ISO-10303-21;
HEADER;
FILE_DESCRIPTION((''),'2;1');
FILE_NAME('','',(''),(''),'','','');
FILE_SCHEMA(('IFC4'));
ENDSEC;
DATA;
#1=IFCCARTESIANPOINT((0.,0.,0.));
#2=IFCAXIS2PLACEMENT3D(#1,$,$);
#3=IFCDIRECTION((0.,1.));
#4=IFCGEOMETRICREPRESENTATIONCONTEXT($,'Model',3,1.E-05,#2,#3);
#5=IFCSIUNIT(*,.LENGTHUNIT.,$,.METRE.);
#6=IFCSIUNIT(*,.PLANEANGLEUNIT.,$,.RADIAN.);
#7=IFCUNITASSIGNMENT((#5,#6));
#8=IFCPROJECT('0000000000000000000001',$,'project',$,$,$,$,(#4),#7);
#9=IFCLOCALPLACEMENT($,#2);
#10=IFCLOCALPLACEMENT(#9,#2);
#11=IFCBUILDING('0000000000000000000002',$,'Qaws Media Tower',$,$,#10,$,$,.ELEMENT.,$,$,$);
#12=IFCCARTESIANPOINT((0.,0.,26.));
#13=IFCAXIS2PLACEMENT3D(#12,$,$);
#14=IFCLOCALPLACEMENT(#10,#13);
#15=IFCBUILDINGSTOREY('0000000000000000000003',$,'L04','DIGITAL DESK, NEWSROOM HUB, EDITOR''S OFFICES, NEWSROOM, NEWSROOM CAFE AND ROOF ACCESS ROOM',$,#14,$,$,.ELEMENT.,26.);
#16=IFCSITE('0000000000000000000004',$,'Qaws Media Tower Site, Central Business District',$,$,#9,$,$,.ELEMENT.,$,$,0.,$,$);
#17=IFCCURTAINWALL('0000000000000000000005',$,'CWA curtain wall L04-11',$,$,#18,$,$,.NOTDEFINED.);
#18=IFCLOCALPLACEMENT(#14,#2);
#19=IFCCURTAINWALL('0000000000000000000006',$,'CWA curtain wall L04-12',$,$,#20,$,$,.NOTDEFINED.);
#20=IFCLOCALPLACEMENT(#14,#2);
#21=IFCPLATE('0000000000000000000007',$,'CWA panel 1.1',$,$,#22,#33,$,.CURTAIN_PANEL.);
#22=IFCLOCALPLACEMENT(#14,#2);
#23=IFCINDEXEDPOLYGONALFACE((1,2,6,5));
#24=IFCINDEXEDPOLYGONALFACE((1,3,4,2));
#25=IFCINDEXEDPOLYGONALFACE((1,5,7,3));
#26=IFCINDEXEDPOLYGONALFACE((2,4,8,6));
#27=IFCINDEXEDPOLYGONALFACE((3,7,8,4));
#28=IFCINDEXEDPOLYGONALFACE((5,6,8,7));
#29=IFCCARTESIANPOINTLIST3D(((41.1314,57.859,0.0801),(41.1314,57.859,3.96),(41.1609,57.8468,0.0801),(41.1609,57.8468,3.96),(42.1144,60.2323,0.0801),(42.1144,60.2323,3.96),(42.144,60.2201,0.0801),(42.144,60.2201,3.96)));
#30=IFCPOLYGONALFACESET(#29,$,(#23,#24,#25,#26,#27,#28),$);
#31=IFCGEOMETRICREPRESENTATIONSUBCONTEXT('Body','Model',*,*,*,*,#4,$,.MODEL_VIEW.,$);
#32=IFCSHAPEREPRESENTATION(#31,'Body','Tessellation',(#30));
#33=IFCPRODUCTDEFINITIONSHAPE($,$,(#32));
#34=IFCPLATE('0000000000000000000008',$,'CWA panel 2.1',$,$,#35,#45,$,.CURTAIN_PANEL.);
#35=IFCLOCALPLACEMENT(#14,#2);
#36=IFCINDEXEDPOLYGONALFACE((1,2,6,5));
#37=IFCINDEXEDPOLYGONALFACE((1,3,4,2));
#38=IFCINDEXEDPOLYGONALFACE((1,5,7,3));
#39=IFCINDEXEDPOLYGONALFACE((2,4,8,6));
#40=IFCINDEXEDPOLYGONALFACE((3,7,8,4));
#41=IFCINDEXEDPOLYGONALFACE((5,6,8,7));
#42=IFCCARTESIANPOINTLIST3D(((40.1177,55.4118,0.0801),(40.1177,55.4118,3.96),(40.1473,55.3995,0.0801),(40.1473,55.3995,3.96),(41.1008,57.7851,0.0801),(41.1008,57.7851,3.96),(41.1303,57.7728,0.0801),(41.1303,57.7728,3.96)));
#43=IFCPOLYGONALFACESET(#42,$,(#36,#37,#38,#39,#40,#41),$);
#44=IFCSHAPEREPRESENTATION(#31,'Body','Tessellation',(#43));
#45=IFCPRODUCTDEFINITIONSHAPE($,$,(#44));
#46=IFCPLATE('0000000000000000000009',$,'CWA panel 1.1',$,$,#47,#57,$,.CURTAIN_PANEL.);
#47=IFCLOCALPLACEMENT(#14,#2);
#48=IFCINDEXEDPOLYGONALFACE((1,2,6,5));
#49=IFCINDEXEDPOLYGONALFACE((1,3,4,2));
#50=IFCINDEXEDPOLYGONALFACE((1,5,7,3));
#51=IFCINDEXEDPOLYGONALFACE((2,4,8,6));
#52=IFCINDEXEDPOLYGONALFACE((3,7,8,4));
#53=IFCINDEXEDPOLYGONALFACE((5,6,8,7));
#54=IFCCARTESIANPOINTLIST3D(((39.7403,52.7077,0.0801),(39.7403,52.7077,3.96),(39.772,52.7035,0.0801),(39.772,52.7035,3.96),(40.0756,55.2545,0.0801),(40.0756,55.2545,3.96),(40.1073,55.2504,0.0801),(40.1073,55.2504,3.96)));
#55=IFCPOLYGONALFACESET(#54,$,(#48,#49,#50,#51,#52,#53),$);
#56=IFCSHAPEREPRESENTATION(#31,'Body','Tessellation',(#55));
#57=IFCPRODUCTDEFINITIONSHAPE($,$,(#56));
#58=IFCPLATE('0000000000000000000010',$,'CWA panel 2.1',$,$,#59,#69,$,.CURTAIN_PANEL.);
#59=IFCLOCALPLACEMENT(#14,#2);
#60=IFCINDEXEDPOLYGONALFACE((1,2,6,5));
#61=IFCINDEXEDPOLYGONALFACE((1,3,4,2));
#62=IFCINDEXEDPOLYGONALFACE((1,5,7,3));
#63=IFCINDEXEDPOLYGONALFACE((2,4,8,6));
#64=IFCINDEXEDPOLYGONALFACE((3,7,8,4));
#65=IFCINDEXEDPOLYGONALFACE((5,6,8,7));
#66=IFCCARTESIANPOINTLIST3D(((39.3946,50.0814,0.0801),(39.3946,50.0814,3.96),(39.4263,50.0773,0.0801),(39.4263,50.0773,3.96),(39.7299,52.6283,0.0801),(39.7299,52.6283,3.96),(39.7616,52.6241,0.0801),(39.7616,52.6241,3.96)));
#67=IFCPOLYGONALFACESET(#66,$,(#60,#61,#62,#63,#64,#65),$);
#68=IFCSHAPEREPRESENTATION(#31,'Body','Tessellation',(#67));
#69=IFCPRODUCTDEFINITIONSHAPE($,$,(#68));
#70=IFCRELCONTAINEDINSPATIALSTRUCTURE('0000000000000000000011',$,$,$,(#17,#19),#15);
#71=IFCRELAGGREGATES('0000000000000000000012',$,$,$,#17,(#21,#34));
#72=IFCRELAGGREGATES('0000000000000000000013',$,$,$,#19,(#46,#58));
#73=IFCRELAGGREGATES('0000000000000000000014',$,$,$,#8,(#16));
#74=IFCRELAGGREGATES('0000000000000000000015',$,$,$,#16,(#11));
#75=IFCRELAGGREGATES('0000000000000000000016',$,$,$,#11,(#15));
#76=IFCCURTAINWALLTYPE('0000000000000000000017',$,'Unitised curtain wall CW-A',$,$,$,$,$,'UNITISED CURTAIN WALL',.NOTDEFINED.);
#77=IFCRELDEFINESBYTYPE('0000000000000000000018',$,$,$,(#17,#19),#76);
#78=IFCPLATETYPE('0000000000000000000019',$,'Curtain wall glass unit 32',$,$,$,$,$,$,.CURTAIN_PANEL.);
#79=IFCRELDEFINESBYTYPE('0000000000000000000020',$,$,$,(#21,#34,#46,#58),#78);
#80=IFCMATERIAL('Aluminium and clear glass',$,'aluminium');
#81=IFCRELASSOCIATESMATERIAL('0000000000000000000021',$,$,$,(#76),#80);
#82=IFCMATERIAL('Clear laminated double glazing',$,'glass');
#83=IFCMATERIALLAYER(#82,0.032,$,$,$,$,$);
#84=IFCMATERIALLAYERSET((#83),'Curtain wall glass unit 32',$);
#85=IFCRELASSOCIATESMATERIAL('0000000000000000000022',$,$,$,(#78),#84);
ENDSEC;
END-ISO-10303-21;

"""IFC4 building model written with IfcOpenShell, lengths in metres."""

from ifc_helpers import new_model, si_unit, direction, frame, origin, origin_2d, place, context, subcontext, project, spatial, rectangle, extrude, material, layer, layer_set, type_object, element, aggregate, save


model = new_model("IFC4")

# Units and contexts
model_context = context("Model", 3, precision=1e-05, world=origin(), true_north=direction((0.0, 1.0)))
body_context = subcontext(model_context, "Body", "Model", "MODEL_VIEW")
ifc_project = project(units=[si_unit("LENGTHUNIT", "METRE"), si_unit("PLANEANGLEUNIT", "RADIAN")], contexts=[model_context])

# Site, building, storey
site_placement = place(None, origin())
site = spatial("IfcSite", under=ifc_project, at=site_placement, Name="Qaws Media Tower Site, Central Business District", CompositionType="ELEMENT", RefElevation=0.0)
building_placement = place(site_placement, origin())
building = spatial("IfcBuilding", under=site, at=building_placement, Name="Qaws Media Tower", CompositionType="ELEMENT")
storey_placement = place(building_placement, frame((0.0, 0.0, 26.0)))
storey = spatial("IfcBuildingStorey", under=building, at=storey_placement, Name="L04", Description="DIGITAL DESK, NEWSROOM HUB, EDITOR'S OFFICES, NEWSROOM, NEWSROOM CAFE AND ROOF ACCESS ROOM", CompositionType="ELEMENT", Elevation=26.0)

# Curtain walls
ifc_material_1 = material(Name="Aluminium and clear glass", Category="aluminium")
curtain_wall_type = type_object("IfcCurtainWallType", Name="Unitised curtain wall CW-A", ElementType="UNITISED CURTAIN WALL", PredefinedType="NOTDEFINED", material=ifc_material_1)
curtain_wall_1_placement = place(storey_placement, origin())
curtain_wall_1 = element("IfcCurtainWall", 1, at=curtain_wall_1_placement, inside=storey, type_object=curtain_wall_type, Name="CWA curtain wall L04-11", PredefinedType="NOTDEFINED")
curtain_wall_2_placement = place(storey_placement, origin())
curtain_wall_2 = element("IfcCurtainWall", 2, at=curtain_wall_2_placement, inside=storey, type_object=curtain_wall_type, Name="CWA curtain wall L04-12", PredefinedType="NOTDEFINED")

# Plates
ifc_material_2 = material(Name="Clear laminated double glazing", Category="glass")
ifc_layer_1 = layer(ifc_material_2, 0.032)
ifc_layer_set_1 = layer_set([ifc_layer_1], Name="Curtain wall glass unit 32")
plate_type = type_object("IfcPlateType", Name="Curtain wall glass unit 32", PredefinedType="CURTAIN_PANEL", material=ifc_layer_set_1)
plate_1_placement = place(storey_placement, frame((41.6377, 59.0396, 0.0801), z_axis=(0.0, 0.0, 1.0), x_axis=(-0.382683, -0.92388, 0.0)))
plate_1 = element("IfcPlate", 3, at=plate_1_placement, type_object=plate_type, Name="CWA panel 1.1", PredefinedType="CURTAIN_PANEL", context=body_context, shape_type="SweptSolid", body=[
    extrude(rectangle(XDim=2.5688, YDim=0.032, at=origin_2d()), origin(), (0.0, 0.0, 1.0), 3.8799),
])
plate_2_placement = place(storey_placement, frame((40.624, 56.5923, 0.0801), z_axis=(0.0, 0.0, 1.0), x_axis=(-0.382683, -0.92388, 0.0)))
plate_2 = element("IfcPlate", 4, at=plate_2_placement, type_object=plate_type, Name="CWA panel 2.1", PredefinedType="CURTAIN_PANEL", context=body_context, shape_type="SweptSolid", body=[
    extrude(rectangle(XDim=2.5688, YDim=0.032, at=origin_2d()), origin(), (0.0, 0.0, 1.0), 3.8799),
])
aggregate(curtain_wall_1, [plate_1, plate_2])
plate_3_placement = place(storey_placement, frame((39.9238, 53.979, 0.0801), z_axis=(0.0, 0.0, 1.0), x_axis=(-0.130526, -0.991445, 0.0)))
plate_3 = element("IfcPlate", 5, at=plate_3_placement, type_object=plate_type, Name="CWA panel 1.1", PredefinedType="CURTAIN_PANEL", context=body_context, shape_type="SweptSolid", body=[
    extrude(rectangle(XDim=2.5688, YDim=0.032, at=origin_2d()), origin(), (0.0, 0.0, 1.0), 3.8799),
])
plate_4_placement = place(storey_placement, frame((39.5781, 51.3528, 0.0801), z_axis=(0.0, 0.0, 1.0), x_axis=(-0.130526, -0.991445, 0.0)))
plate_4 = element("IfcPlate", 6, at=plate_4_placement, type_object=plate_type, Name="CWA panel 2.1", PredefinedType="CURTAIN_PANEL", context=body_context, shape_type="SweptSolid", body=[
    extrude(rectangle(XDim=2.5688, YDim=0.032, at=origin_2d()), origin(), (0.0, 0.0, 1.0), 3.8799),
])
aggregate(curtain_wall_2, [plate_3, plate_4])

save(model, "model.ifc")
